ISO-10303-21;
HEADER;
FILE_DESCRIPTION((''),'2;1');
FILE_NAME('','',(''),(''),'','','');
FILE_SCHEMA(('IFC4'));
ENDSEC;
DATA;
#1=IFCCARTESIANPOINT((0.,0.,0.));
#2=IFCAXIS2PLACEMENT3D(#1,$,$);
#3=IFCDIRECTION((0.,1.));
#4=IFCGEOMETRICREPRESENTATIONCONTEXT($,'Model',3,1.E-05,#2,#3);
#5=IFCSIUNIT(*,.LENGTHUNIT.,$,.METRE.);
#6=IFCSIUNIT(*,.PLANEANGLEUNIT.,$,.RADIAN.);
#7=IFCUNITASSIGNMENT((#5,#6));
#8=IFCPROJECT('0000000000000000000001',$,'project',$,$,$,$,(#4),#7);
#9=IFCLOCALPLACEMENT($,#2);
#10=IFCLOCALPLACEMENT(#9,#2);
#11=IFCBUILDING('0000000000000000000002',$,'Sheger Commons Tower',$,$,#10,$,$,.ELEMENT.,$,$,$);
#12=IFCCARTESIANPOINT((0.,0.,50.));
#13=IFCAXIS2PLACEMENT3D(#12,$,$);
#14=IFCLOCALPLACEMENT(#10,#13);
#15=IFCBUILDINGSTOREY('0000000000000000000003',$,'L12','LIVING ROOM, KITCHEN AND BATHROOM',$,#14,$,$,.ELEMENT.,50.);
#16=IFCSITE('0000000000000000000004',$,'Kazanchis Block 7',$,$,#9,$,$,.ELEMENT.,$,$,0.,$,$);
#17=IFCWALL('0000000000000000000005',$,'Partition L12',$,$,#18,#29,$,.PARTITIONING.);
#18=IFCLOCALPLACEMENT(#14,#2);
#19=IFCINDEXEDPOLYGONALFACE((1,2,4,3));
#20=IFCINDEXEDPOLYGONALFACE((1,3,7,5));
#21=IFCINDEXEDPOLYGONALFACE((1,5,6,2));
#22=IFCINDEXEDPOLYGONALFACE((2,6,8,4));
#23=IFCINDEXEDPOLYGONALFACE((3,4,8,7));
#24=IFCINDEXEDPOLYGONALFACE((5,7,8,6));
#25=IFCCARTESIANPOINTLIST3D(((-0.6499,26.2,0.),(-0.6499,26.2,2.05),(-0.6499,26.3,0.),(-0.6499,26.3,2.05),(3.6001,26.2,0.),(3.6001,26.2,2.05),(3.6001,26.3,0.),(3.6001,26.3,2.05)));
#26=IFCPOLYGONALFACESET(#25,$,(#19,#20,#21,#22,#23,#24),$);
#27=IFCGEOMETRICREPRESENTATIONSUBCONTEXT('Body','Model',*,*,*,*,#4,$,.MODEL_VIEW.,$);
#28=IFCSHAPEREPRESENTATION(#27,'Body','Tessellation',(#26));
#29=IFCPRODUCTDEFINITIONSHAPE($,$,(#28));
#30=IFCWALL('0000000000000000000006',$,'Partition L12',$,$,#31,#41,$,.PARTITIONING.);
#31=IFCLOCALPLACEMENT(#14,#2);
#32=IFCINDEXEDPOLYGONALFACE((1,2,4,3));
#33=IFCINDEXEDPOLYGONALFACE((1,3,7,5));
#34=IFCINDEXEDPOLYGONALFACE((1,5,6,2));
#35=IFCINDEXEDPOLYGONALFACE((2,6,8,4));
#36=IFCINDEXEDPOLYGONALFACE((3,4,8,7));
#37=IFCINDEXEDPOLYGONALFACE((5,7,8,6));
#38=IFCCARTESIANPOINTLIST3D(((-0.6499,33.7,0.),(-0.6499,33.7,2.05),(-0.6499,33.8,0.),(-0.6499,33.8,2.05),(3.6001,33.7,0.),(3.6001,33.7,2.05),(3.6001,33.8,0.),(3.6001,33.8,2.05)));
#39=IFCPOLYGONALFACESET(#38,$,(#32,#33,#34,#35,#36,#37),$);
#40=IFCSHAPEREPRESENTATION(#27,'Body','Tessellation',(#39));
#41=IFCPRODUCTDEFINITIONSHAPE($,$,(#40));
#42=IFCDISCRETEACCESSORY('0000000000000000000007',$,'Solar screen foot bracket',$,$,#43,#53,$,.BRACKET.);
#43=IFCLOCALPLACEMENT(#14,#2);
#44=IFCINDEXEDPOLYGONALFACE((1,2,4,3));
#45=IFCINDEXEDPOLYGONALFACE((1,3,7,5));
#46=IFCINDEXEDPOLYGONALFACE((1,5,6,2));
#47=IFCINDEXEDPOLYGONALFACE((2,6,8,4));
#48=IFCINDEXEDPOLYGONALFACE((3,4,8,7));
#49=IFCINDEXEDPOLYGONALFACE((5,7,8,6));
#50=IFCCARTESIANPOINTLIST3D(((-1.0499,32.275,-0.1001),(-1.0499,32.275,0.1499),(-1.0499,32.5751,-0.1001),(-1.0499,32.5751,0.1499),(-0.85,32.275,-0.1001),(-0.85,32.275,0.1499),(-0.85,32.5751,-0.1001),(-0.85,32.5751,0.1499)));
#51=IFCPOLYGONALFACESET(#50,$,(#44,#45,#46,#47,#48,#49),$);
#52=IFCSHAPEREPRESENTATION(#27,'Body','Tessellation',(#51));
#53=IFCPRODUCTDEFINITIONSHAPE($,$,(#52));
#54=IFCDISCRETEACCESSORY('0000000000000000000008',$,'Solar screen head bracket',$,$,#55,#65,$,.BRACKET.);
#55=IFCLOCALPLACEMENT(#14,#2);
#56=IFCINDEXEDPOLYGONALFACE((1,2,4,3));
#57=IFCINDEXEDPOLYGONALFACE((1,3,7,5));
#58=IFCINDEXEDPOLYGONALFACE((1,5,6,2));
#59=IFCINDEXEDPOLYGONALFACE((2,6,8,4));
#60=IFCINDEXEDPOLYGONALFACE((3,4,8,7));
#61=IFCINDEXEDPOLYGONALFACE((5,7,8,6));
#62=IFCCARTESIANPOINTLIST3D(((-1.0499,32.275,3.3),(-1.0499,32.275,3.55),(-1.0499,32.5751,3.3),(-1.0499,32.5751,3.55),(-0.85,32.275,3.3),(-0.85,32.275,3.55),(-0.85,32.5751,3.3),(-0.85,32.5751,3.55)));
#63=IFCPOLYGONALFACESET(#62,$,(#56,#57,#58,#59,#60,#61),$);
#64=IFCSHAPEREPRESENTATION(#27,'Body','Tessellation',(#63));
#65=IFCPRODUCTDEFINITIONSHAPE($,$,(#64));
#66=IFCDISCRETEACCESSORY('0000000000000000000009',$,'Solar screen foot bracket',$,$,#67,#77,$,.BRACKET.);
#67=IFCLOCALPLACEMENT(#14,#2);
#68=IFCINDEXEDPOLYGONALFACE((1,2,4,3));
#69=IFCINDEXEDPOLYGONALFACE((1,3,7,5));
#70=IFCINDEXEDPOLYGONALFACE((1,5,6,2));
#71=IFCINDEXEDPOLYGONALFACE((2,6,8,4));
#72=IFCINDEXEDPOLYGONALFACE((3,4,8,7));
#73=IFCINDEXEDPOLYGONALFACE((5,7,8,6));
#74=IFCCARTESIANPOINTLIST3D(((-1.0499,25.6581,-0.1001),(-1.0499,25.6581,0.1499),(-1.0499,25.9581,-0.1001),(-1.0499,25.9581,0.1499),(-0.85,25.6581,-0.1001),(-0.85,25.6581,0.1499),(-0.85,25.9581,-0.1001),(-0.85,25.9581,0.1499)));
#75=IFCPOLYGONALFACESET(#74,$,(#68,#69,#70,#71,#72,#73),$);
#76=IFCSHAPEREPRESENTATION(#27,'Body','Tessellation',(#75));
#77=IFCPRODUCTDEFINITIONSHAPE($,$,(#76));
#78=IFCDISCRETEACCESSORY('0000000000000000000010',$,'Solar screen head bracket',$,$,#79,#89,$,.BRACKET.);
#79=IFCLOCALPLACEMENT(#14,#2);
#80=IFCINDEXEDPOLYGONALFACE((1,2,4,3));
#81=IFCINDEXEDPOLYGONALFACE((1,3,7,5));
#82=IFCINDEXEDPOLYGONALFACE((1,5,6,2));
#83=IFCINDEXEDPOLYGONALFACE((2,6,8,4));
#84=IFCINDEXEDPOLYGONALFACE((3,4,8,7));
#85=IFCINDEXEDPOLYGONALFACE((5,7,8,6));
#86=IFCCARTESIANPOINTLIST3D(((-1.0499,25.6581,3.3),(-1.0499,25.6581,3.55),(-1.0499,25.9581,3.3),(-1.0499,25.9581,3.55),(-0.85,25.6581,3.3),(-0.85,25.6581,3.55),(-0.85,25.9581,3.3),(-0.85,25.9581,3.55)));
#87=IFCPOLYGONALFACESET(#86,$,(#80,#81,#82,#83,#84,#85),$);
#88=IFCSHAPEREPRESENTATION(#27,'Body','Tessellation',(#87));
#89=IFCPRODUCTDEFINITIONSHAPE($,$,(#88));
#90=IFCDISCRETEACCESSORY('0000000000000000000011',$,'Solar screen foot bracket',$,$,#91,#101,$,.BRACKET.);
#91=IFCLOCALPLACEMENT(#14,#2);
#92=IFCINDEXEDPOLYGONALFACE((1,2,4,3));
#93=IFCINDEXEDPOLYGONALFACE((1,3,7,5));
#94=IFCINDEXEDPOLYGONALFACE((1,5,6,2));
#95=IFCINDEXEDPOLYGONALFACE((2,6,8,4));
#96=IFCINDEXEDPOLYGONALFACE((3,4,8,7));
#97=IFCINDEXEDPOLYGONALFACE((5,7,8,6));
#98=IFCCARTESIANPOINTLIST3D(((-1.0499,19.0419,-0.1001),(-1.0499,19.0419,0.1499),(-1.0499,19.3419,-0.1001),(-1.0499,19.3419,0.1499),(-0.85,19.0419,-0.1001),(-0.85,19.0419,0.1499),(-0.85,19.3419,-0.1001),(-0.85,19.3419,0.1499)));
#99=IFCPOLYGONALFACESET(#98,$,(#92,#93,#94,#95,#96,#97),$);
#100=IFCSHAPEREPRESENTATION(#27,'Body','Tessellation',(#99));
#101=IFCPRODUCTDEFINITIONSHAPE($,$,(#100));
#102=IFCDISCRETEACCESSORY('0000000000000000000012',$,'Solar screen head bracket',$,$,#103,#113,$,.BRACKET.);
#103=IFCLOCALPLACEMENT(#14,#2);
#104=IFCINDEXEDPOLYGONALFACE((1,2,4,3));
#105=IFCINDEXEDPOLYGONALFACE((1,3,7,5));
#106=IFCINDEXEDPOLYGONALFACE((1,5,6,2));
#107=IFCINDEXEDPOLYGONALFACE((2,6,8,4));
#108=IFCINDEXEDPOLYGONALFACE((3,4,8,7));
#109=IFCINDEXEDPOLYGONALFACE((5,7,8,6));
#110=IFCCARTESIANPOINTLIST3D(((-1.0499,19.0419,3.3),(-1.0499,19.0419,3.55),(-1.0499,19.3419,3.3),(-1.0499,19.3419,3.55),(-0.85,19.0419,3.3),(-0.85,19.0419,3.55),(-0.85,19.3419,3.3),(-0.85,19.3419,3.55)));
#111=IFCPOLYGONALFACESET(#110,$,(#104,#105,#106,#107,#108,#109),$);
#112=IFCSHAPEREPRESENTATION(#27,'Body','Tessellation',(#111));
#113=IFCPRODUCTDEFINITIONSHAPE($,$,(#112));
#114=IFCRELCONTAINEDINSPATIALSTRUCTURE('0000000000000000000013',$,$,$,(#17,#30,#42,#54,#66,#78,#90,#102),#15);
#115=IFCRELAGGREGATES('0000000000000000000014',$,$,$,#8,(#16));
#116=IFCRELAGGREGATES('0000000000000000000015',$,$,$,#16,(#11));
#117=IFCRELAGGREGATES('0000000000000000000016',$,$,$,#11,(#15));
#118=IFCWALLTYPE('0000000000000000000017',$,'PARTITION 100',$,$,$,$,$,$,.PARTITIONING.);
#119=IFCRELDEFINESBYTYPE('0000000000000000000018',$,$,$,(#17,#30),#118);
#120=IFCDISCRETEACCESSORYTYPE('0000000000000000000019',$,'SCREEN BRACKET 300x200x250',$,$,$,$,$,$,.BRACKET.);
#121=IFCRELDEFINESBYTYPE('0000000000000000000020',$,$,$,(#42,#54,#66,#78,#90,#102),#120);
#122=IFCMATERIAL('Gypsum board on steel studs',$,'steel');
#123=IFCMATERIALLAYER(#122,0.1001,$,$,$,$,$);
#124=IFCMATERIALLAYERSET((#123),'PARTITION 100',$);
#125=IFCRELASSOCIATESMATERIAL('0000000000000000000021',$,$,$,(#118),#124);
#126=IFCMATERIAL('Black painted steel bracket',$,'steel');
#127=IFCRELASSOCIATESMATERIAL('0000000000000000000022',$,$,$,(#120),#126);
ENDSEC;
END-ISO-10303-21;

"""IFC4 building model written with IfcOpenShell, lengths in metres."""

from ifc_helpers import new_model, si_unit, direction, frame, frame_2d, origin, origin_2d, place, context, subcontext, project, spatial, rectangle, extrude, material, layer, layer_set, type_object, element, save


model = new_model("IFC4")

# Units and contexts
model_context = context("Model", 3, precision=1e-05, world=origin(), true_north=direction((0.0, 1.0)))
body_context = subcontext(model_context, "Body", "Model", "MODEL_VIEW")
ifc_project = project(units=[si_unit("LENGTHUNIT", "METRE"), si_unit("PLANEANGLEUNIT", "RADIAN")], contexts=[model_context])

# Site, building, storey
site_placement = place(None, origin())
site = spatial("IfcSite", under=ifc_project, at=site_placement, Name="Kazanchis Block 7", CompositionType="ELEMENT", RefElevation=0.0)
building_placement = place(site_placement, origin())
building = spatial("IfcBuilding", under=site, at=building_placement, Name="Sheger Commons Tower", CompositionType="ELEMENT")
storey_placement = place(building_placement, frame((0.0, 0.0, 50.0)))
storey = spatial("IfcBuildingStorey", under=building, at=storey_placement, Name="L12", Description="LIVING ROOM, KITCHEN AND BATHROOM", CompositionType="ELEMENT", Elevation=50.0)

# Shared definitions
ifc_material_1 = material(Name="Gypsum board on steel studs", Category="steel")
ifc_layer_1 = layer(ifc_material_1, 0.1001)
ifc_layer_set_1 = layer_set([ifc_layer_1], Name="PARTITION 100")
wall_type_1 = type_object("IfcWallType", Name="PARTITION 100", PredefinedType="PARTITIONING", material=ifc_layer_set_1)

# Walls
for number, where, z_axis, x_axis, name in (
    (1, (-0.6499, 26.25, 0.0), (0.0, 0.0, 1.0), (1.0, 0.0, 0.0), "Partition L12"),
    (2, (-0.6499, 33.75, 0.0), (0.0, 0.0, 1.0), (1.0, 0.0, 0.0), "Partition L12"),
):
    element("IfcWall", number, at=place(storey_placement, frame(where, z_axis=z_axis, x_axis=x_axis)), inside=storey, type_object=wall_type_1, Name=name, PredefinedType="PARTITIONING", context=body_context, shape_type="SweptSolid", body=[
        extrude(rectangle(XDim=4.25, YDim=0.1001, at=frame_2d((2.125, 0.0))), origin(), (0.0, 0.0, 1.0), 2.05),
    ])

# Discrete accessories
ifc_material_2 = material(Name="Black painted steel bracket", Category="steel")
discrete_accessory_type = type_object("IfcDiscreteAccessoryType", Name="SCREEN BRACKET 300x200x250", PredefinedType="BRACKET", material=ifc_material_2)
for number, where, z_axis, x_axis, name in (
    (3, (-0.95, 32.425, -0.1001), (0.0, 0.0, 1.0), (0.0, -1.0, 0.0), "Solar screen foot bracket"),
    (4, (-0.95, 32.425, 3.3), (0.0, 0.0, 1.0), (0.0, -1.0, 0.0), "Solar screen head bracket"),
    (5, (-0.95, 25.8081, -0.1001), (0.0, 0.0, 1.0), (0.0, -1.0, 0.0), "Solar screen foot bracket"),
    (6, (-0.95, 25.8081, 3.3), (0.0, 0.0, 1.0), (0.0, -1.0, 0.0), "Solar screen head bracket"),
    (7, (-0.95, 19.1919, -0.1001), (0.0, 0.0, 1.0), (0.0, -1.0, 0.0), "Solar screen foot bracket"),
    (8, (-0.95, 19.1919, 3.3), (0.0, 0.0, 1.0), (0.0, -1.0, 0.0), "Solar screen head bracket"),
):
    element("IfcDiscreteAccessory", number, at=place(storey_placement, frame(where, z_axis=z_axis, x_axis=x_axis)), inside=storey, type_object=discrete_accessory_type, Name=name, PredefinedType="BRACKET", context=body_context, shape_type="SweptSolid", body=[
        extrude(rectangle(XDim=0.3, YDim=0.2, at=origin_2d()), origin(), (0.0, 0.0, 1.0), 0.25),
    ])

save(model, "model.ifc")
